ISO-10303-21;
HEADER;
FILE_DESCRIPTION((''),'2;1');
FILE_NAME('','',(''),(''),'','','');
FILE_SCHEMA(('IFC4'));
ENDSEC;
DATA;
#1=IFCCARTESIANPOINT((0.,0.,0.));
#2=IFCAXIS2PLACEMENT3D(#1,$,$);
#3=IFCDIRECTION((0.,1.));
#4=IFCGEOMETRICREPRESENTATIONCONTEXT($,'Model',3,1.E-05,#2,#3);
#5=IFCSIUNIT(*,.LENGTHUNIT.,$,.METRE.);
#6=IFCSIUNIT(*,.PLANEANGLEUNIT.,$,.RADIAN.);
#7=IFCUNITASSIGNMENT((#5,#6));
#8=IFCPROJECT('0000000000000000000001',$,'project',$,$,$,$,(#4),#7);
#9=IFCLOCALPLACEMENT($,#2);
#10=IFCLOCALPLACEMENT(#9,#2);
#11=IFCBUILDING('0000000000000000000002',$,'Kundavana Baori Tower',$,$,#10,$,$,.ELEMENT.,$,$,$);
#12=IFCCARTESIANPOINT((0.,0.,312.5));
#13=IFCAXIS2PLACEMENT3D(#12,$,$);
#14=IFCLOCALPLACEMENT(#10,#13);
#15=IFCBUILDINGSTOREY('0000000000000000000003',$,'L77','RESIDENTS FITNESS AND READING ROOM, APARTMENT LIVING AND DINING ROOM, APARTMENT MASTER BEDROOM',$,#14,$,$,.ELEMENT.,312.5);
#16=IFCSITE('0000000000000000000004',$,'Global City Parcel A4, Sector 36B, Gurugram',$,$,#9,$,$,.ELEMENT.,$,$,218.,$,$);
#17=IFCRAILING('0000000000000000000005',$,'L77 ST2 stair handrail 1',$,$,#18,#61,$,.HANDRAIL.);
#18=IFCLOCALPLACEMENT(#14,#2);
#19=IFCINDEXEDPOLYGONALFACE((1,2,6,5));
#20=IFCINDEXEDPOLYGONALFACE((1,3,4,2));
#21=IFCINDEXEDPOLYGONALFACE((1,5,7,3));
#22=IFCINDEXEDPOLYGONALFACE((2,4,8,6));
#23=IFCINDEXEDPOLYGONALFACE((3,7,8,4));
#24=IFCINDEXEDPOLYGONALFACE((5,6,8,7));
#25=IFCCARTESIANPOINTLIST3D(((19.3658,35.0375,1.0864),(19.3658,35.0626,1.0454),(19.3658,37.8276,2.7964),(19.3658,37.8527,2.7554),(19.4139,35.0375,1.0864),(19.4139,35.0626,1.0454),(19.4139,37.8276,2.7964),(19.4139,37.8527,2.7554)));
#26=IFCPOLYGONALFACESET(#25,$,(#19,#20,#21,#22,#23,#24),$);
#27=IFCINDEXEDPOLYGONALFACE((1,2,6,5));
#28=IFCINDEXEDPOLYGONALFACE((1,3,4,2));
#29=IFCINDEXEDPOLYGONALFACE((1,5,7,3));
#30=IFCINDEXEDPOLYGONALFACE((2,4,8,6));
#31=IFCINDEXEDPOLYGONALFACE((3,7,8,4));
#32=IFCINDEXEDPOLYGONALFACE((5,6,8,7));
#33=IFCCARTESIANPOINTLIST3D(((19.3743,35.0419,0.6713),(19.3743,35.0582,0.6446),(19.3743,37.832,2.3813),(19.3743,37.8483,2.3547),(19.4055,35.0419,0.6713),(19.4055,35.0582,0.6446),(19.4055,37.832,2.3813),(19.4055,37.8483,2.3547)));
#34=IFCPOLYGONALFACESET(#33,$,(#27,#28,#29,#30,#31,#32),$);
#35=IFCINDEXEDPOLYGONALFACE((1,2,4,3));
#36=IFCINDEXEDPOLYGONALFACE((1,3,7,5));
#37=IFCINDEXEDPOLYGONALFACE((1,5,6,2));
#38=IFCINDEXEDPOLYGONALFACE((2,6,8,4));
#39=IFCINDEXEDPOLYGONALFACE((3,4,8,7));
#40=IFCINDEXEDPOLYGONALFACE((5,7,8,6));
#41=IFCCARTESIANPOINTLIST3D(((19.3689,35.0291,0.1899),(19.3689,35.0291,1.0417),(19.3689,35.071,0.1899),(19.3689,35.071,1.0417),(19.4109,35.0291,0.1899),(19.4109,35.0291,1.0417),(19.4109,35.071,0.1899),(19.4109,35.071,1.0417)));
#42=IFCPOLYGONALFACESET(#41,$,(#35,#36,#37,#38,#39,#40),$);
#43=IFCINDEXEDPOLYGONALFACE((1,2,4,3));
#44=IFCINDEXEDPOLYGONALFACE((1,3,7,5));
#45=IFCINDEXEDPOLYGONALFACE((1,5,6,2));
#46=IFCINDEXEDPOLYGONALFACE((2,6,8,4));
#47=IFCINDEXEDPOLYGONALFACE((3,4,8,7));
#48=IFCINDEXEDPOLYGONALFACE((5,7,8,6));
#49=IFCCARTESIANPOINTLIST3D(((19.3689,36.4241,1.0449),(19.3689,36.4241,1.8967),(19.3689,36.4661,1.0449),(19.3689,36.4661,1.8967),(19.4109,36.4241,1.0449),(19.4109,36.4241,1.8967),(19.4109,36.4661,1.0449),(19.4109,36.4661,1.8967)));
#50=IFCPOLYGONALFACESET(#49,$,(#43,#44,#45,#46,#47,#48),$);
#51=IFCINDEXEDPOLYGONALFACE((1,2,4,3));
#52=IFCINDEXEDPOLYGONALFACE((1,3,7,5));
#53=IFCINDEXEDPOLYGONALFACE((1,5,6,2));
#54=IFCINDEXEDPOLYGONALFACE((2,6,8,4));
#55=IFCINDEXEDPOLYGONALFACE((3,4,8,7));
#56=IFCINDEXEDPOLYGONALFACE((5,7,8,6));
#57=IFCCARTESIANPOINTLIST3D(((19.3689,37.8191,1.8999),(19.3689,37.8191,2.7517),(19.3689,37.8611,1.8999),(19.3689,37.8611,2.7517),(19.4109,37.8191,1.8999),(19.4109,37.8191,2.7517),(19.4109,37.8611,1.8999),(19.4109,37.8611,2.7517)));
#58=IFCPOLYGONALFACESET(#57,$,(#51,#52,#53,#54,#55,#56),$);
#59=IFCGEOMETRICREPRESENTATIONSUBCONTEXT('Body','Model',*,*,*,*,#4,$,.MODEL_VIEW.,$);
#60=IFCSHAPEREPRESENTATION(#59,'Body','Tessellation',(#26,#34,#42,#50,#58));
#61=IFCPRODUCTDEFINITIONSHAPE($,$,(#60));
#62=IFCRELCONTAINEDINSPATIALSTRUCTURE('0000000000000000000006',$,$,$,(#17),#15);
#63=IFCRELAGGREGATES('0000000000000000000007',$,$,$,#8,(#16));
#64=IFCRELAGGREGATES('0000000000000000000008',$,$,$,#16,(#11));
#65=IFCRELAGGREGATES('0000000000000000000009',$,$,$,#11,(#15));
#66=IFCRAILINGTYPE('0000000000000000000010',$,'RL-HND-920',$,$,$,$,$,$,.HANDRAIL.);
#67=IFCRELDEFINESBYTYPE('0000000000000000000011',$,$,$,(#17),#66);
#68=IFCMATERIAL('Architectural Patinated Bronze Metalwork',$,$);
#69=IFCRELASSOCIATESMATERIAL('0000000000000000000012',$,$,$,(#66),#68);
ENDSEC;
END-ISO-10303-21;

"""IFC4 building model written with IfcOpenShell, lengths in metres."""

from ifc_helpers import new_model, si_unit, direction, frame, origin, origin_2d, place, context, subcontext, project, spatial, rectangle, extrude, material, type_object, element, save


model = new_model("IFC4")

# Units and contexts
model_context = context("Model", 3, precision=1e-05, world=origin(), true_north=direction((0.0, 1.0)))
body_context = subcontext(model_context, "Body", "Model", "MODEL_VIEW")
ifc_project = project(units=[si_unit("LENGTHUNIT", "METRE"), si_unit("PLANEANGLEUNIT", "RADIAN")], contexts=[model_context])

# Site, building, storey
site_placement = place(None, origin())
site = spatial("IfcSite", under=ifc_project, at=site_placement, Name="Global City Parcel A4, Sector 36B, Gurugram", CompositionType="ELEMENT", RefElevation=218.0)
building_placement = place(site_placement, origin())
building = spatial("IfcBuilding", under=site, at=building_placement, Name="Kundavana Baori Tower", CompositionType="ELEMENT")
storey_placement = place(building_placement, frame((0.0, 0.0, 312.5)))
storey = spatial("IfcBuildingStorey", under=building, at=storey_placement, Name="L77", Description="RESIDENTS FITNESS AND READING ROOM, APARTMENT LIVING AND DINING ROOM, APARTMENT MASTER BEDROOM", CompositionType="ELEMENT", Elevation=312.5)

# Railing
ifc_material_1 = material(Name="Architectural Patinated Bronze Metalwork")
railing_type_1 = type_object("IfcRailingType", Name="RL-HND-920", PredefinedType="HANDRAIL", material=ifc_material_1)
railing_1_placement = place(storey_placement, frame((19.3899, 35.05, 0.1899)))
element("IfcRailing", 1, at=railing_1_placement, inside=storey, type_object=railing_type_1, Name="L77 ST2 stair handrail 1", PredefinedType="HANDRAIL", context=body_context, shape_type="SweptSolid", body=[
    extrude(rectangle(XDim=0.0481, YDim=0.0481, at=origin_2d()), frame((0.0, 0.0, 0.876), z_axis=(0.0, 0.85261, 0.522548), x_axis=(-1.0, 0.0, 0.0)), (0.0, 0.0, 1.0), 3.2725),
    extrude(rectangle(XDim=0.0312, YDim=0.0312, at=origin_2d()), frame((0.0, 0.0, 0.468), z_axis=(0.0, 0.85261, 0.522548), x_axis=(-1.0, 0.0, 0.0)), (0.0, 0.0, 1.0), 3.2725),
    extrude(rectangle(XDim=0.042, YDim=0.042, at=origin_2d()), origin(), (0.0, 0.0, 1.0), 0.8518),
    extrude(rectangle(XDim=0.042, YDim=0.042, at=origin_2d()), frame((0.0, 1.395, 0.855)), (0.0, 0.0, 1.0), 0.8518),
    extrude(rectangle(XDim=0.042, YDim=0.042, at=origin_2d()), frame((0.0, 2.79, 1.71)), (0.0, 0.0, 1.0), 0.8518),
])

save(model, "model.ifc")
